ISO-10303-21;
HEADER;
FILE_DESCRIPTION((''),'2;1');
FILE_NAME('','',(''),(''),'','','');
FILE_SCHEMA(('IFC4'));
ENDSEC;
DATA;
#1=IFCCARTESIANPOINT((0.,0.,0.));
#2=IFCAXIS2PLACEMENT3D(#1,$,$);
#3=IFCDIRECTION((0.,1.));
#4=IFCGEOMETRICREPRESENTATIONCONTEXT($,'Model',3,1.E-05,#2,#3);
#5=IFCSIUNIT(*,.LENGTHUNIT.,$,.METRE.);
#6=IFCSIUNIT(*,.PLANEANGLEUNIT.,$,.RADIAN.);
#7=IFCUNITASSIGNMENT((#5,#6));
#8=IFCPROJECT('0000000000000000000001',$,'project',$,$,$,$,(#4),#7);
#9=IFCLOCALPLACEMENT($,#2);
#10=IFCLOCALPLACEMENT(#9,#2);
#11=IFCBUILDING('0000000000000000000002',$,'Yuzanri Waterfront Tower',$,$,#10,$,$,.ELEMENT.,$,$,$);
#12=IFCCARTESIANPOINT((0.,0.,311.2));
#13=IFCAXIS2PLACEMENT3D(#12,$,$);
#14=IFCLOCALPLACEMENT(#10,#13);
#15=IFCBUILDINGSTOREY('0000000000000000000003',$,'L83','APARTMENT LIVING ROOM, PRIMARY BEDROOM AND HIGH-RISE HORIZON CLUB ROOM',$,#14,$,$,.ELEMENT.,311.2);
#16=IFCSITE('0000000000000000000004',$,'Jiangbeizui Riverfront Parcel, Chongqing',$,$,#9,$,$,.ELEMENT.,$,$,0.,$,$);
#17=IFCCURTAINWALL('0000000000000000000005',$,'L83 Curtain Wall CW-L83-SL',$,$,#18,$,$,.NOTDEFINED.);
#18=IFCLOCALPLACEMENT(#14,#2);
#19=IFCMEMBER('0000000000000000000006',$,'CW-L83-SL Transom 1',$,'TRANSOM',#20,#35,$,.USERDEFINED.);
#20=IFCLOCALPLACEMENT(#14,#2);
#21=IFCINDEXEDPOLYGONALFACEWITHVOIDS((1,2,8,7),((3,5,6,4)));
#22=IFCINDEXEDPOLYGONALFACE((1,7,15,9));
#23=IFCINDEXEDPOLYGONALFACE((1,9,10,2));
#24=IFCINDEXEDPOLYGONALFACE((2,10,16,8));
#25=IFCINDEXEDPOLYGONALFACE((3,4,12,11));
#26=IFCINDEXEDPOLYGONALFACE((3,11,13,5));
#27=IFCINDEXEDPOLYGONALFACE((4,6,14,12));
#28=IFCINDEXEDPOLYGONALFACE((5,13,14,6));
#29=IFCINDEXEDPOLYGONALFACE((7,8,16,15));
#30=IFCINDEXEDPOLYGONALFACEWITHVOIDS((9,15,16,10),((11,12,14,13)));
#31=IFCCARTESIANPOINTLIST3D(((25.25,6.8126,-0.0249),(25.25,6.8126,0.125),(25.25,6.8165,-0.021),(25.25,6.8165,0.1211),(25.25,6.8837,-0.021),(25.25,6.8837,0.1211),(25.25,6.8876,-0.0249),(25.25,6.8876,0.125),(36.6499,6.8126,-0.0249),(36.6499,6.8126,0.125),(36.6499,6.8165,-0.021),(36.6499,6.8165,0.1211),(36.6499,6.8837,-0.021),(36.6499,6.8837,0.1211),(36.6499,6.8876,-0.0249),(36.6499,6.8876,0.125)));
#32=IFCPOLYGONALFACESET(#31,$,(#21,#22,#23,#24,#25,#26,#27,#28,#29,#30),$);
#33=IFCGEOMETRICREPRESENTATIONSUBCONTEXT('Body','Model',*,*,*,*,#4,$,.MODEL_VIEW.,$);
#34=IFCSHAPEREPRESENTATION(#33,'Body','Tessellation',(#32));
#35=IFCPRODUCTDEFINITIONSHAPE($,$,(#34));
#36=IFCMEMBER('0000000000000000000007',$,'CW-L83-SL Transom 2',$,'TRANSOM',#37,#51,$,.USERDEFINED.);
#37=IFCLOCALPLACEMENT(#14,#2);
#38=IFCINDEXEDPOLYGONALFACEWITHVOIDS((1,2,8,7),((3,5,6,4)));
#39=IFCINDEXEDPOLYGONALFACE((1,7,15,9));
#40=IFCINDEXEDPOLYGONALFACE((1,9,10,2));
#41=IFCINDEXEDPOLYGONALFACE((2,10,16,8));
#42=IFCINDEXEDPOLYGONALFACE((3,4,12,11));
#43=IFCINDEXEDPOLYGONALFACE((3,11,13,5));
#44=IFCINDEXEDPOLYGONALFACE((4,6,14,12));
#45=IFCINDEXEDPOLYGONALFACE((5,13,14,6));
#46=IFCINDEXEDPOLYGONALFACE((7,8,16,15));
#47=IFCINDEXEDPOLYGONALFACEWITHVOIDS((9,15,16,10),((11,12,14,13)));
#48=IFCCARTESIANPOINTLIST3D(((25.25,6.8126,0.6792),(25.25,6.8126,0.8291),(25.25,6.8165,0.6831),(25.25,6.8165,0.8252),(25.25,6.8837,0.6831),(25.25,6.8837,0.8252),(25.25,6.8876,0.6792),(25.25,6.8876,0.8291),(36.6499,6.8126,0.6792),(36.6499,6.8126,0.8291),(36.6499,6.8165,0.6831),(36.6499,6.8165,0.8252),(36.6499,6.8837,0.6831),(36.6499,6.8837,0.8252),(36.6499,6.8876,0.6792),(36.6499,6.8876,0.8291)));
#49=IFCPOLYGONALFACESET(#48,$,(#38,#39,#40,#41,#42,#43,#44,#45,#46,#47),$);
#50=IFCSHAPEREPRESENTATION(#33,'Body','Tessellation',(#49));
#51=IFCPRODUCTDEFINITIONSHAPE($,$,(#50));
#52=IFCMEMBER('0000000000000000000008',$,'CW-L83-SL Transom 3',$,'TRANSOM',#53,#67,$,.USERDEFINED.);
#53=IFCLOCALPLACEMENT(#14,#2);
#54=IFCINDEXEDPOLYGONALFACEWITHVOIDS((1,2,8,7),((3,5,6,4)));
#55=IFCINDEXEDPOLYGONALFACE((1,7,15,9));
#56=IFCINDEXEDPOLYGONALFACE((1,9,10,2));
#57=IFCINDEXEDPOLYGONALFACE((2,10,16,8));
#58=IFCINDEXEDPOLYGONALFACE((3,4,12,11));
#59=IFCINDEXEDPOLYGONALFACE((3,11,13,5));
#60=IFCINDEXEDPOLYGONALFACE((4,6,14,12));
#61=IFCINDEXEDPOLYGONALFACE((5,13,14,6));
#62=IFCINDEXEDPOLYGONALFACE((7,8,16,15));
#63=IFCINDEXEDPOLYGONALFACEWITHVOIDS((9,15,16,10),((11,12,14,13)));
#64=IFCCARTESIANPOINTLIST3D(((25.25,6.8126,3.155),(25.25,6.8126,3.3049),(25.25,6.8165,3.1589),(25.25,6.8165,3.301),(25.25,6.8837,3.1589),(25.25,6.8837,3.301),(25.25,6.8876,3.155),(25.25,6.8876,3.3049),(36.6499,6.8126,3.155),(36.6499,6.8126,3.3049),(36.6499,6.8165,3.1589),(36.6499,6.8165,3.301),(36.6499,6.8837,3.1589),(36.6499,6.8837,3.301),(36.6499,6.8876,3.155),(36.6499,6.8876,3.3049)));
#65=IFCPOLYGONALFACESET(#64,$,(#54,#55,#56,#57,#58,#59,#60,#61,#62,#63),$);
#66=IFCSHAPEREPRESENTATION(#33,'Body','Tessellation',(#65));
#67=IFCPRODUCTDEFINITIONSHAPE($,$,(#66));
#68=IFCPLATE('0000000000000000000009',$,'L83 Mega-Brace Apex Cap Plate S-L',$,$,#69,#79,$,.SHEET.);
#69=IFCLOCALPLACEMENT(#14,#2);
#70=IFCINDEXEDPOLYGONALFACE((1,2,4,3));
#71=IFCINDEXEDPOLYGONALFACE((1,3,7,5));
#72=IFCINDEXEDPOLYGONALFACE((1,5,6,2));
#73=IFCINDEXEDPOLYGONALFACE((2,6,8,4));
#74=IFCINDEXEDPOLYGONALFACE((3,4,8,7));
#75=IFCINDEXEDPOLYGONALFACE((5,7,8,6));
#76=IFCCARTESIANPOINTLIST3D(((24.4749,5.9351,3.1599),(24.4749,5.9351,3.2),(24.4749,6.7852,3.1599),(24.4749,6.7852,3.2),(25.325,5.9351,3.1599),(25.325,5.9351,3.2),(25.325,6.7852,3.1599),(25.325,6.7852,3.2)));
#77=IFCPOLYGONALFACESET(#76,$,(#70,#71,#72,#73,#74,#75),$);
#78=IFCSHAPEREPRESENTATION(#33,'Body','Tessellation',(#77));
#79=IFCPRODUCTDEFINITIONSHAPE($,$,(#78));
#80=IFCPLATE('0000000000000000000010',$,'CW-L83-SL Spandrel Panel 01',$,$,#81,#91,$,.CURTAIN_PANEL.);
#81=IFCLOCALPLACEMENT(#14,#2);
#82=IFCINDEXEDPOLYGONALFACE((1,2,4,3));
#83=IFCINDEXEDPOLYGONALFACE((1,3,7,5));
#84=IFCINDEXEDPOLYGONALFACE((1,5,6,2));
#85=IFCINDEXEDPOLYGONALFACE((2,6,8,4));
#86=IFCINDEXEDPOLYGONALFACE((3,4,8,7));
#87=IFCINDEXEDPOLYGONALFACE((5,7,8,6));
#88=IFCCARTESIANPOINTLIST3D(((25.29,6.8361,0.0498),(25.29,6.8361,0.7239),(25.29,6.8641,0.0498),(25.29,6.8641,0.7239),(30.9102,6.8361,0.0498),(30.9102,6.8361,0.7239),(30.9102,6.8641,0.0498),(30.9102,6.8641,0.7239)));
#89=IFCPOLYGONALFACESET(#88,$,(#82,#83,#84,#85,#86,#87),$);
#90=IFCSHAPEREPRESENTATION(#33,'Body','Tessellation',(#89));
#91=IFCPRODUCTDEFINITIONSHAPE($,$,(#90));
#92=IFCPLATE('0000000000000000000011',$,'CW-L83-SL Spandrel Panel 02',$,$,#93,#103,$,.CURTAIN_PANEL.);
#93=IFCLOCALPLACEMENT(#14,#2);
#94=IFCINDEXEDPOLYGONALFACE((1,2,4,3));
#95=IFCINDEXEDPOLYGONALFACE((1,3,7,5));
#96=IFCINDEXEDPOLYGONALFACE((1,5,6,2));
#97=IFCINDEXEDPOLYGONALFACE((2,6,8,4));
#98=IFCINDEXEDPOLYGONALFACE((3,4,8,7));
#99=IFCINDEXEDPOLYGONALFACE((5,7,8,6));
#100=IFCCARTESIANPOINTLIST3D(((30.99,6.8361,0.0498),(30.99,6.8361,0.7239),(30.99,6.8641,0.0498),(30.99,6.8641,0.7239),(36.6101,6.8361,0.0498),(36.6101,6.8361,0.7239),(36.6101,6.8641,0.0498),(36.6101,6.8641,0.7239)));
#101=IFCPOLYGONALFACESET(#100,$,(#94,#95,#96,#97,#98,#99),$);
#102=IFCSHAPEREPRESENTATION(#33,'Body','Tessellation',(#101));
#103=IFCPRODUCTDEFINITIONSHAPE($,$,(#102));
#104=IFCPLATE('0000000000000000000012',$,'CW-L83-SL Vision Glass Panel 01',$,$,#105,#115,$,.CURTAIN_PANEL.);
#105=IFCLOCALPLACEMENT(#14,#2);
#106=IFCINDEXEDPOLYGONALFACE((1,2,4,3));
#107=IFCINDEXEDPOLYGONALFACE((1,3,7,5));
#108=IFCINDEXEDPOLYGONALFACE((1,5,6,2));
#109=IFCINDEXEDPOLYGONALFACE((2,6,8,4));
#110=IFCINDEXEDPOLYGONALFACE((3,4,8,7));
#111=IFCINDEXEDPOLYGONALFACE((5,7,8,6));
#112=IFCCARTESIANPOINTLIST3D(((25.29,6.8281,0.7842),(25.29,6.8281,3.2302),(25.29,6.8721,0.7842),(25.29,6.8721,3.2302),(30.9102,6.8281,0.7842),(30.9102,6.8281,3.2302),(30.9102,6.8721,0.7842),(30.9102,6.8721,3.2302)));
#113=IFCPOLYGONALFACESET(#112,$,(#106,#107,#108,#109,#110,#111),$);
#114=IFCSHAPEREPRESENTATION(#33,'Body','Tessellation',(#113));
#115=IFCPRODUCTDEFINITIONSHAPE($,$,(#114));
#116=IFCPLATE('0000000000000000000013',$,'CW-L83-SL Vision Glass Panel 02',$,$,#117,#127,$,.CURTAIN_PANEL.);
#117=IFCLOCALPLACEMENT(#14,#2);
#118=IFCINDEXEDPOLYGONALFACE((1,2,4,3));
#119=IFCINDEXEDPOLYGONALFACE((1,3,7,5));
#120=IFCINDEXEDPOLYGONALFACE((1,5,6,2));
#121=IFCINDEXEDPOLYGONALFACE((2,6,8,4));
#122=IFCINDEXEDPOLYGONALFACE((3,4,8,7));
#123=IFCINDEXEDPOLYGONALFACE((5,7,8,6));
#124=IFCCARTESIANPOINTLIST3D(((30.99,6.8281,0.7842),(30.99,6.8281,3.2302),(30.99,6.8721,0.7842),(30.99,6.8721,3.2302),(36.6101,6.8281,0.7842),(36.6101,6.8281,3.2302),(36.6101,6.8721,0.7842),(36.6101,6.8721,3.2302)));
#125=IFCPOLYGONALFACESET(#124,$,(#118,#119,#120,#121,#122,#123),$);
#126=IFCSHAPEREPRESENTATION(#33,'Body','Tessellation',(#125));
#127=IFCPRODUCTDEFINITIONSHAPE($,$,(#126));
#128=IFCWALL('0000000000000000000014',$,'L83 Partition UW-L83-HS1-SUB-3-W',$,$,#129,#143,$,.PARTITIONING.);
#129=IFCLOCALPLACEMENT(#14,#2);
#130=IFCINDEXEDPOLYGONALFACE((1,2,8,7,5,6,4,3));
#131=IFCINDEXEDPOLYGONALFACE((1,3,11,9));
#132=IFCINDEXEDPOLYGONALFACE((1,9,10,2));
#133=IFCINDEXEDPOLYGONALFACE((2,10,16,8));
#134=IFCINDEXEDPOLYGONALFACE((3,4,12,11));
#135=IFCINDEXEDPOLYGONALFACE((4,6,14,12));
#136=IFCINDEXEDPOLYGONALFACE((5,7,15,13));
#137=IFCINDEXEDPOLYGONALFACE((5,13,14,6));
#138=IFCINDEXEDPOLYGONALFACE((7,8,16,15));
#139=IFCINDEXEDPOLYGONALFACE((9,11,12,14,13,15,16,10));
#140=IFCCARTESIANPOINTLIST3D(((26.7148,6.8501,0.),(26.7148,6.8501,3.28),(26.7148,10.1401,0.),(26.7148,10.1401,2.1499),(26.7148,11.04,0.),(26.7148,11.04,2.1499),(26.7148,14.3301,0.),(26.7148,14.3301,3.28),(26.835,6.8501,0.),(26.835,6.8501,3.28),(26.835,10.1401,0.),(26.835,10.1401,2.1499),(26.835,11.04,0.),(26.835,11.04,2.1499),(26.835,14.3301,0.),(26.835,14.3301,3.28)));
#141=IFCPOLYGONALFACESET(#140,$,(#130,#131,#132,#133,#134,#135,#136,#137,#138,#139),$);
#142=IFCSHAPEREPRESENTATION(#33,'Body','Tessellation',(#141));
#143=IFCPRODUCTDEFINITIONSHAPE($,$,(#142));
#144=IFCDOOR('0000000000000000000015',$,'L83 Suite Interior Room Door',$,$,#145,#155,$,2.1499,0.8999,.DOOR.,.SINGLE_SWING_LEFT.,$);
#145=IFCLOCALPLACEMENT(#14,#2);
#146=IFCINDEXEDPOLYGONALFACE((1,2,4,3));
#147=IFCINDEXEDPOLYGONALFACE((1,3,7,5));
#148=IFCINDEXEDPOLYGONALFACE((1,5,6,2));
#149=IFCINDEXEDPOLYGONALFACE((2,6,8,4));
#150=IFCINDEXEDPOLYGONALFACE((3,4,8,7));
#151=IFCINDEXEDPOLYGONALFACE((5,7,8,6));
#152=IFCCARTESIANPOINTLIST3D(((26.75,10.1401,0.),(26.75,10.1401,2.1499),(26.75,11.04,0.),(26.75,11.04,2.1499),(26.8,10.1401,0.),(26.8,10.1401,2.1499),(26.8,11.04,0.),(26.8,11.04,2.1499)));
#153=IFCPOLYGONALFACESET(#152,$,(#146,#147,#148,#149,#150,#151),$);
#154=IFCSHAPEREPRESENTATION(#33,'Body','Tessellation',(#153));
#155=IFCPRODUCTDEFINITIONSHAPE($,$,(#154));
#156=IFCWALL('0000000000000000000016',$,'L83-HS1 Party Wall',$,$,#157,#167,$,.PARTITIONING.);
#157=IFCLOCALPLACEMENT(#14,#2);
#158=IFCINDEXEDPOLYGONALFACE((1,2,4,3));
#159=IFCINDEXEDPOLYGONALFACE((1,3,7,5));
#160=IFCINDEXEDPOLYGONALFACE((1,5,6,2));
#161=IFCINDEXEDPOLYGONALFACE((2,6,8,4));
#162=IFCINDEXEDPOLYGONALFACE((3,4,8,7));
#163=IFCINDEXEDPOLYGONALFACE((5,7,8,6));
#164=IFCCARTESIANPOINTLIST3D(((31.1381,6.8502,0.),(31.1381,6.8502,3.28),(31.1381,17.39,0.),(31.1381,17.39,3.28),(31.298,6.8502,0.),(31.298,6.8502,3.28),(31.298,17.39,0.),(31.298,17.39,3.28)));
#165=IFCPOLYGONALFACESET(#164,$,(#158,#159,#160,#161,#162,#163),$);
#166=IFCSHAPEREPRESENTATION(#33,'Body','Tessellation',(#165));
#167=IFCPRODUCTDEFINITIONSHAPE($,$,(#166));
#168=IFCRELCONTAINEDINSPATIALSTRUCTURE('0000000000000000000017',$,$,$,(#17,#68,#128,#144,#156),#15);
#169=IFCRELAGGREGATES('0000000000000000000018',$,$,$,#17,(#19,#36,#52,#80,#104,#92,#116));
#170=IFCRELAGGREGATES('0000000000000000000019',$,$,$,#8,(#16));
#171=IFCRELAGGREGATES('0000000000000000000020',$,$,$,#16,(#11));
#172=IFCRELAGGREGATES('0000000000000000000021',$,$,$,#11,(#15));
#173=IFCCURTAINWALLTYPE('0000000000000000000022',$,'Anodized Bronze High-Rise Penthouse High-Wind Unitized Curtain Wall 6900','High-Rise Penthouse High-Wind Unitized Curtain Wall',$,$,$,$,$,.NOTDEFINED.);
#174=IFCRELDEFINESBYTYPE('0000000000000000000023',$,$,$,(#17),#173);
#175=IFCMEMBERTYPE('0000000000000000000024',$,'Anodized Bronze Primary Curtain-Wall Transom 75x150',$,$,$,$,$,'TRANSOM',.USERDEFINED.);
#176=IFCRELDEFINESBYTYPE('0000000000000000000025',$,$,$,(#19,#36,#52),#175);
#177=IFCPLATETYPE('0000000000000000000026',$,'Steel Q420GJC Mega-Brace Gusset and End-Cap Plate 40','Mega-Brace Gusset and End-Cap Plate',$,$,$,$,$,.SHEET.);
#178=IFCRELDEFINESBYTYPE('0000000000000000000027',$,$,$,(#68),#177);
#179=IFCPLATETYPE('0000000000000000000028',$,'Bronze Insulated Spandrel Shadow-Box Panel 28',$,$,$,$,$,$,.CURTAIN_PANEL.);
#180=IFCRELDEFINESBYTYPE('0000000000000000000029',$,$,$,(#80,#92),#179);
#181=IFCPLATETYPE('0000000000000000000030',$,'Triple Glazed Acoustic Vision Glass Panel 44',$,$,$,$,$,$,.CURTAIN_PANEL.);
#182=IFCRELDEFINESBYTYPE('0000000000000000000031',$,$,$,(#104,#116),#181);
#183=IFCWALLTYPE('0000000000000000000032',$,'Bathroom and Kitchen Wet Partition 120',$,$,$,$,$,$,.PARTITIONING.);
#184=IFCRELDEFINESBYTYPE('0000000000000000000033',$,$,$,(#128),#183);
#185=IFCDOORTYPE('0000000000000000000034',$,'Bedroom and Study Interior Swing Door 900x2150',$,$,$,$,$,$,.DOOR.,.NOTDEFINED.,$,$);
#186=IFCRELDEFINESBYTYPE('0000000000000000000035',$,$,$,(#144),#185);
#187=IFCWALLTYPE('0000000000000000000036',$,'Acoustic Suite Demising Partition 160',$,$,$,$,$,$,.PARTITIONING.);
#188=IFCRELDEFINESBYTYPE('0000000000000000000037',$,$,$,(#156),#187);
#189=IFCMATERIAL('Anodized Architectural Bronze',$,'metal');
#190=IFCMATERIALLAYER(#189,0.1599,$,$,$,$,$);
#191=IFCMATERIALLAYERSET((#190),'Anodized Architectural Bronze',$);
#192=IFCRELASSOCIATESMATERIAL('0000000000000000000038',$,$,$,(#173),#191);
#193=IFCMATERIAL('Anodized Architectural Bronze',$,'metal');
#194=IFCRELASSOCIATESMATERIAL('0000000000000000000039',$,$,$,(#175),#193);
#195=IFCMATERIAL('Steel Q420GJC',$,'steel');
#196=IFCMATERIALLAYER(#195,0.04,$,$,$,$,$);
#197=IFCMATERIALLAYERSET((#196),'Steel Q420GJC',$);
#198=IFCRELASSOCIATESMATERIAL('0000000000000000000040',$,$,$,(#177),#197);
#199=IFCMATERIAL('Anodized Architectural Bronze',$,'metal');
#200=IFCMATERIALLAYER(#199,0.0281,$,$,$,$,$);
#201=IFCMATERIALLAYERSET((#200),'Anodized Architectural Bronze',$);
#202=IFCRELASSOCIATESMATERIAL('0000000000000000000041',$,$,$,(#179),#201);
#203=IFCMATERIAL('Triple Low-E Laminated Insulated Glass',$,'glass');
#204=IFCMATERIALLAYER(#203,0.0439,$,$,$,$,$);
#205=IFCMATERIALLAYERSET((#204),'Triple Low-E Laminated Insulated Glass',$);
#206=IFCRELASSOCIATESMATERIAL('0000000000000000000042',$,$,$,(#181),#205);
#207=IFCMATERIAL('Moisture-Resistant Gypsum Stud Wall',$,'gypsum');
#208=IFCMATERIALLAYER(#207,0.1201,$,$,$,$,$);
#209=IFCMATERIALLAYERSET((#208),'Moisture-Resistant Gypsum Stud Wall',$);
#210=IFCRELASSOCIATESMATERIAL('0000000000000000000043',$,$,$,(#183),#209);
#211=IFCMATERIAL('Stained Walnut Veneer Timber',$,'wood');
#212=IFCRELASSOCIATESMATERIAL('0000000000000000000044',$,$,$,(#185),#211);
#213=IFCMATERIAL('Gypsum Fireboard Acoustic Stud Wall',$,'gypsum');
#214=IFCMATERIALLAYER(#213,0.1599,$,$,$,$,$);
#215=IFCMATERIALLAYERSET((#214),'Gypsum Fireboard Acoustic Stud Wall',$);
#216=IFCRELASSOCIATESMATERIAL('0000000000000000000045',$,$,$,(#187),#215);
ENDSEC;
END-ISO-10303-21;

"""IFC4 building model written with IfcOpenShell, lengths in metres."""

from ifc_helpers import new_model, si_unit, direction, frame, frame_2d, origin, origin_2d, place, context, subcontext, project, spatial, rectangle, hollow_rectangle, extrude, source, transform, mapped, material, layer, layer_set, material_profile, profile_set, type_object, element, fill, aggregate, save


model = new_model("IFC4")

# Units and contexts
model_context = context("Model", 3, precision=1e-05, world=origin(), true_north=direction((0.0, 1.0)))
body_context = subcontext(model_context, "Body", "Model", "MODEL_VIEW")
ifc_project = project(units=[si_unit("LENGTHUNIT", "METRE"), si_unit("PLANEANGLEUNIT", "RADIAN")], contexts=[model_context])

# Site, building, storey
site_placement = place(None, origin())
site = spatial("IfcSite", under=ifc_project, at=site_placement, Name="Jiangbeizui Riverfront Parcel, Chongqing", CompositionType="ELEMENT", RefElevation=0.0)
building_placement = place(site_placement, origin())
building = spatial("IfcBuilding", under=site, at=building_placement, Name="Yuzanri Waterfront Tower", CompositionType="ELEMENT")
storey_placement = place(building_placement, frame((0.0, 0.0, 311.2)))
storey = spatial("IfcBuildingStorey", under=building, at=storey_placement, Name="L83", Description="APARTMENT LIVING ROOM, PRIMARY BEDROOM AND HIGH-RISE HORIZON CLUB ROOM", CompositionType="ELEMENT", Elevation=311.2)

# Curtain wall, members
ifc_material_1 = material(Name="Anodized Architectural Bronze", Category="metal")
ifc_layer_1 = layer(ifc_material_1, 0.1599)
ifc_layer_set_1 = layer_set([ifc_layer_1], Name="Anodized Architectural Bronze")
curtain_wall_type = type_object("IfcCurtainWallType", Name="Anodized Bronze High-Rise Penthouse High-Wind Unitized Curtain Wall 6900", Description="High-Rise Penthouse High-Wind Unitized Curtain Wall", PredefinedType="NOTDEFINED", material=ifc_layer_set_1)
curtain_wall_placement = place(storey_placement, origin())
curtain_wall = element("IfcCurtainWall", 1, at=curtain_wall_placement, inside=storey, type_object=curtain_wall_type, Name="L83 Curtain Wall CW-L83-SL", PredefinedType="NOTDEFINED")
ifc_material_2 = material(Name="Anodized Architectural Bronze", Category="metal")
ifc_material_profile_1 = material_profile(ifc_material_2, hollow_rectangle(XDim=0.075, YDim=0.1499, WallThickness=0.0039, at=origin_2d()), Name="CWT 75x150")
ifc_profile_set_1 = profile_set([ifc_material_profile_1], Name="Anodized Architectural Bronze")
member_type_1 = type_object("IfcMemberType", Name="Anodized Bronze Primary Curtain-Wall Transom 75x150", ElementType="TRANSOM", PredefinedType="USERDEFINED", material=ifc_profile_set_1)
shared_shape_1 = source(origin(), body_context, "Body", "SweptSolid", [
    extrude(hollow_rectangle(XDim=0.075, YDim=0.1499, WallThickness=0.0039, at=origin_2d()), origin(), (0.0, 0.0, 1.0), 11.3999),
])
member_1_placement = place(storey_placement, frame((25.25, 6.8501, 0.05), z_axis=(1.0, 0.0, 0.0), x_axis=(0.0, 1.0, 0.0)))
member_1 = element("IfcMember", 2, at=member_1_placement, type_object=member_type_1, Name="CW-L83-SL Transom 1", ObjectType="TRANSOM", PredefinedType="USERDEFINED", context=body_context, shape_type="MappedRepresentation", body=[
    mapped(shared_shape_1, transform((0.0, 0.0, 0.0), scale=1.0)),
])
member_2_placement = place(storey_placement, frame((25.25, 6.8501, 0.7542), z_axis=(1.0, 0.0, 0.0), x_axis=(0.0, 1.0, 0.0)))
member_2 = element("IfcMember", 3, at=member_2_placement, type_object=member_type_1, Name="CW-L83-SL Transom 2", ObjectType="TRANSOM", PredefinedType="USERDEFINED", context=body_context, shape_type="MappedRepresentation", body=[
    mapped(shared_shape_1, transform((0.0, 0.0, 0.0), scale=1.0)),
])
member_3_placement = place(storey_placement, frame((25.25, 6.8501, 3.23), z_axis=(1.0, 0.0, 0.0), x_axis=(0.0, 1.0, 0.0)))
member_3 = element("IfcMember", 4, at=member_3_placement, type_object=member_type_1, Name="CW-L83-SL Transom 3", ObjectType="TRANSOM", PredefinedType="USERDEFINED", context=body_context, shape_type="MappedRepresentation", body=[
    mapped(shared_shape_1, transform((0.0, 0.0, 0.0), scale=1.0)),
])

# Plates
ifc_material_3 = material(Name="Steel Q420GJC", Category="steel")
ifc_layer_2 = layer(ifc_material_3, 0.04)
ifc_layer_set_2 = layer_set([ifc_layer_2], Name="Steel Q420GJC")
plate_type_1 = type_object("IfcPlateType", Name="Steel Q420GJC Mega-Brace Gusset and End-Cap Plate 40", Description="Mega-Brace Gusset and End-Cap Plate", PredefinedType="SHEET", material=ifc_layer_set_2)
shared_shape_2 = source(origin(), body_context, "Body", "SweptSolid", [
    extrude(rectangle(XDim=0.8501, YDim=0.8501, at=origin_2d()), origin(), (0.0, 0.0, 1.0), 0.04),
])
plate_1_placement = place(storey_placement, frame((24.8999, 6.3601, 3.1599), z_axis=(0.0, 0.0, 1.0), x_axis=(1.0, 0.0, 0.0)))
element("IfcPlate", 5, at=plate_1_placement, inside=storey, type_object=plate_type_1, Name="L83 Mega-Brace Apex Cap Plate S-L", PredefinedType="SHEET", context=body_context, shape_type="MappedRepresentation", body=[
    mapped(shared_shape_2, transform((0.0, 0.0, 0.0), scale=1.0)),
])
ifc_material_4 = material(Name="Anodized Architectural Bronze", Category="metal")
ifc_layer_3 = layer(ifc_material_4, 0.0281)
ifc_layer_set_3 = layer_set([ifc_layer_3], Name="Anodized Architectural Bronze")
plate_type_2 = type_object("IfcPlateType", Name="Bronze Insulated Spandrel Shadow-Box Panel 28", PredefinedType="CURTAIN_PANEL", material=ifc_layer_set_3)
shared_shape_3 = source(origin(), body_context, "Body", "SweptSolid", [
    extrude(rectangle(XDim=5.6201, YDim=0.0281, at=origin_2d()), origin(), (0.0, 0.0, 1.0), 0.6741),
])
plate_2_placement = place(storey_placement, frame((28.1001, 6.8501, 0.0498), z_axis=(0.0, 0.0, 1.0), x_axis=(1.0, 0.0, 0.0)))
plate_2 = element("IfcPlate", 6, at=plate_2_placement, type_object=plate_type_2, Name="CW-L83-SL Spandrel Panel 01", PredefinedType="CURTAIN_PANEL", context=body_context, shape_type="MappedRepresentation", body=[
    mapped(shared_shape_3, transform((0.0, 0.0, 0.0), scale=1.0)),
])
plate_3_placement = place(storey_placement, frame((33.8, 6.8501, 0.0498), z_axis=(0.0, 0.0, 1.0), x_axis=(1.0, 0.0, 0.0)))
plate_3 = element("IfcPlate", 7, at=plate_3_placement, type_object=plate_type_2, Name="CW-L83-SL Spandrel Panel 02", PredefinedType="CURTAIN_PANEL", context=body_context, shape_type="MappedRepresentation", body=[
    mapped(shared_shape_3, transform((0.0, 0.0, 0.0), scale=1.0)),
])
ifc_material_5 = material(Name="Triple Low-E Laminated Insulated Glass", Category="glass")
ifc_layer_4 = layer(ifc_material_5, 0.0439)
ifc_layer_set_4 = layer_set([ifc_layer_4], Name="Triple Low-E Laminated Insulated Glass")
plate_type_3 = type_object("IfcPlateType", Name="Triple Glazed Acoustic Vision Glass Panel 44", PredefinedType="CURTAIN_PANEL", material=ifc_layer_set_4)
shared_shape_4 = source(origin(), body_context, "Body", "SweptSolid", [
    extrude(rectangle(XDim=5.6201, YDim=0.0439, at=origin_2d()), origin(), (0.0, 0.0, 1.0), 2.446),
])
plate_4_placement = place(storey_placement, frame((28.1001, 6.8501, 0.7842), z_axis=(0.0, 0.0, 1.0), x_axis=(1.0, 0.0, 0.0)))
plate_4 = element("IfcPlate", 8, at=plate_4_placement, type_object=plate_type_3, Name="CW-L83-SL Vision Glass Panel 01", PredefinedType="CURTAIN_PANEL", context=body_context, shape_type="MappedRepresentation", body=[
    mapped(shared_shape_4, transform((0.0, 0.0, 0.0), scale=1.0)),
])
plate_5_placement = place(storey_placement, frame((33.8, 6.8501, 0.7842), z_axis=(0.0, 0.0, 1.0), x_axis=(1.0, 0.0, 0.0)))
plate_5 = element("IfcPlate", 9, at=plate_5_placement, type_object=plate_type_3, Name="CW-L83-SL Vision Glass Panel 02", PredefinedType="CURTAIN_PANEL", context=body_context, shape_type="MappedRepresentation", body=[
    mapped(shared_shape_4, transform((0.0, 0.0, 0.0), scale=1.0)),
])
aggregate(curtain_wall, [member_1, member_2, member_3, plate_2, plate_4, plate_3, plate_5])

# Wall, opening, door
ifc_material_6 = material(Name="Moisture-Resistant Gypsum Stud Wall", Category="gypsum")
ifc_layer_5 = layer(ifc_material_6, 0.1201)
ifc_layer_set_5 = layer_set([ifc_layer_5], Name="Moisture-Resistant Gypsum Stud Wall")
wall_type_1 = type_object("IfcWallType", Name="Bathroom and Kitchen Wet Partition 120", PredefinedType="PARTITIONING", material=ifc_layer_set_5)
wall_1_placement = place(storey_placement, frame((26.7749, 6.8501, 0.0), z_axis=(0.0, 0.0, 1.0), x_axis=(0.0, 1.0, 0.0)))
wall_1 = element("IfcWall", 10, at=wall_1_placement, inside=storey, type_object=wall_type_1, Name="L83 Partition UW-L83-HS1-SUB-3-W", PredefinedType="PARTITIONING", context=body_context, shape_type="SweptSolid", body=[
    extrude(rectangle(XDim=7.48, YDim=0.1201, at=frame_2d((3.74, 0.0))), origin(), (0.0, 0.0, 1.0), 3.28),
])
opening_placement = place(wall_1_placement, frame((3.29, 0.0, 0.0)))
opening = element("IfcOpeningElement", 11, at=opening_placement, cuts=wall_1, PredefinedType="OPENING", context=body_context, shape_type="SweptSolid", body=[
    extrude(rectangle(XDim=0.8999, YDim=2.1499, at=frame_2d((0.45, 1.075))), frame((0.0, 0.075, 0.0), z_axis=(0.0, -1.0, 0.0), x_axis=(1.0, 0.0, 0.0)), (0.0, 0.0, 1.0), 0.1499),
])
ifc_material_7 = material(Name="Stained Walnut Veneer Timber", Category="wood")
door_type = type_object("IfcDoorType", Name="Bedroom and Study Interior Swing Door 900x2150", OperationType="NOTDEFINED", PredefinedType="DOOR", material=ifc_material_7)
shared_shape_5 = source(origin(), body_context, "Body", "SweptSolid", [
    extrude(rectangle(XDim=0.8999, YDim=2.1499, at=frame_2d((0.45, 1.075))), frame((0.0, 0.0249, 0.0), z_axis=(0.0, -1.0, 0.0), x_axis=(1.0, 0.0, 0.0)), (0.0, 0.0, 1.0), 0.05),
])
door_placement = place(opening_placement, origin())
door = element("IfcDoor", 12, at=door_placement, inside=storey, type_object=door_type, Name="L83 Suite Interior Room Door", OperationType="SINGLE_SWING_LEFT", OverallHeight=2.1499, OverallWidth=0.8999, PredefinedType="DOOR", context=body_context, shape_type="MappedRepresentation", body=[
    mapped(shared_shape_5, transform((0.0, 0.0, 0.0), scale=1.0)),
])
fill(opening, door)

# Wall
ifc_material_8 = material(Name="Gypsum Fireboard Acoustic Stud Wall", Category="gypsum")
ifc_layer_6 = layer(ifc_material_8, 0.1599)
ifc_layer_set_6 = layer_set([ifc_layer_6], Name="Gypsum Fireboard Acoustic Stud Wall")
wall_type_2 = type_object("IfcWallType", Name="Acoustic Suite Demising Partition 160", PredefinedType="PARTITIONING", material=ifc_layer_set_6)
shared_shape_6 = source(origin(), body_context, "Body", "SweptSolid", [
    extrude(rectangle(XDim=10.5398, YDim=0.1599, at=frame_2d((5.27, 0.0))), origin(), (0.0, 0.0, 1.0), 3.28),
])
wall_2_placement = place(storey_placement, frame((31.218, 6.8501, 0.0), z_axis=(0.0, 0.0, 1.0), x_axis=(0.0, 1.0, 0.0)))
element("IfcWall", 13, at=wall_2_placement, inside=storey, type_object=wall_type_2, Name="L83-HS1 Party Wall", PredefinedType="PARTITIONING", context=body_context, shape_type="MappedRepresentation", body=[
    mapped(shared_shape_6, transform((0.0, 0.0, 0.0), scale=1.0)),
])

save(model, "model.ifc")
